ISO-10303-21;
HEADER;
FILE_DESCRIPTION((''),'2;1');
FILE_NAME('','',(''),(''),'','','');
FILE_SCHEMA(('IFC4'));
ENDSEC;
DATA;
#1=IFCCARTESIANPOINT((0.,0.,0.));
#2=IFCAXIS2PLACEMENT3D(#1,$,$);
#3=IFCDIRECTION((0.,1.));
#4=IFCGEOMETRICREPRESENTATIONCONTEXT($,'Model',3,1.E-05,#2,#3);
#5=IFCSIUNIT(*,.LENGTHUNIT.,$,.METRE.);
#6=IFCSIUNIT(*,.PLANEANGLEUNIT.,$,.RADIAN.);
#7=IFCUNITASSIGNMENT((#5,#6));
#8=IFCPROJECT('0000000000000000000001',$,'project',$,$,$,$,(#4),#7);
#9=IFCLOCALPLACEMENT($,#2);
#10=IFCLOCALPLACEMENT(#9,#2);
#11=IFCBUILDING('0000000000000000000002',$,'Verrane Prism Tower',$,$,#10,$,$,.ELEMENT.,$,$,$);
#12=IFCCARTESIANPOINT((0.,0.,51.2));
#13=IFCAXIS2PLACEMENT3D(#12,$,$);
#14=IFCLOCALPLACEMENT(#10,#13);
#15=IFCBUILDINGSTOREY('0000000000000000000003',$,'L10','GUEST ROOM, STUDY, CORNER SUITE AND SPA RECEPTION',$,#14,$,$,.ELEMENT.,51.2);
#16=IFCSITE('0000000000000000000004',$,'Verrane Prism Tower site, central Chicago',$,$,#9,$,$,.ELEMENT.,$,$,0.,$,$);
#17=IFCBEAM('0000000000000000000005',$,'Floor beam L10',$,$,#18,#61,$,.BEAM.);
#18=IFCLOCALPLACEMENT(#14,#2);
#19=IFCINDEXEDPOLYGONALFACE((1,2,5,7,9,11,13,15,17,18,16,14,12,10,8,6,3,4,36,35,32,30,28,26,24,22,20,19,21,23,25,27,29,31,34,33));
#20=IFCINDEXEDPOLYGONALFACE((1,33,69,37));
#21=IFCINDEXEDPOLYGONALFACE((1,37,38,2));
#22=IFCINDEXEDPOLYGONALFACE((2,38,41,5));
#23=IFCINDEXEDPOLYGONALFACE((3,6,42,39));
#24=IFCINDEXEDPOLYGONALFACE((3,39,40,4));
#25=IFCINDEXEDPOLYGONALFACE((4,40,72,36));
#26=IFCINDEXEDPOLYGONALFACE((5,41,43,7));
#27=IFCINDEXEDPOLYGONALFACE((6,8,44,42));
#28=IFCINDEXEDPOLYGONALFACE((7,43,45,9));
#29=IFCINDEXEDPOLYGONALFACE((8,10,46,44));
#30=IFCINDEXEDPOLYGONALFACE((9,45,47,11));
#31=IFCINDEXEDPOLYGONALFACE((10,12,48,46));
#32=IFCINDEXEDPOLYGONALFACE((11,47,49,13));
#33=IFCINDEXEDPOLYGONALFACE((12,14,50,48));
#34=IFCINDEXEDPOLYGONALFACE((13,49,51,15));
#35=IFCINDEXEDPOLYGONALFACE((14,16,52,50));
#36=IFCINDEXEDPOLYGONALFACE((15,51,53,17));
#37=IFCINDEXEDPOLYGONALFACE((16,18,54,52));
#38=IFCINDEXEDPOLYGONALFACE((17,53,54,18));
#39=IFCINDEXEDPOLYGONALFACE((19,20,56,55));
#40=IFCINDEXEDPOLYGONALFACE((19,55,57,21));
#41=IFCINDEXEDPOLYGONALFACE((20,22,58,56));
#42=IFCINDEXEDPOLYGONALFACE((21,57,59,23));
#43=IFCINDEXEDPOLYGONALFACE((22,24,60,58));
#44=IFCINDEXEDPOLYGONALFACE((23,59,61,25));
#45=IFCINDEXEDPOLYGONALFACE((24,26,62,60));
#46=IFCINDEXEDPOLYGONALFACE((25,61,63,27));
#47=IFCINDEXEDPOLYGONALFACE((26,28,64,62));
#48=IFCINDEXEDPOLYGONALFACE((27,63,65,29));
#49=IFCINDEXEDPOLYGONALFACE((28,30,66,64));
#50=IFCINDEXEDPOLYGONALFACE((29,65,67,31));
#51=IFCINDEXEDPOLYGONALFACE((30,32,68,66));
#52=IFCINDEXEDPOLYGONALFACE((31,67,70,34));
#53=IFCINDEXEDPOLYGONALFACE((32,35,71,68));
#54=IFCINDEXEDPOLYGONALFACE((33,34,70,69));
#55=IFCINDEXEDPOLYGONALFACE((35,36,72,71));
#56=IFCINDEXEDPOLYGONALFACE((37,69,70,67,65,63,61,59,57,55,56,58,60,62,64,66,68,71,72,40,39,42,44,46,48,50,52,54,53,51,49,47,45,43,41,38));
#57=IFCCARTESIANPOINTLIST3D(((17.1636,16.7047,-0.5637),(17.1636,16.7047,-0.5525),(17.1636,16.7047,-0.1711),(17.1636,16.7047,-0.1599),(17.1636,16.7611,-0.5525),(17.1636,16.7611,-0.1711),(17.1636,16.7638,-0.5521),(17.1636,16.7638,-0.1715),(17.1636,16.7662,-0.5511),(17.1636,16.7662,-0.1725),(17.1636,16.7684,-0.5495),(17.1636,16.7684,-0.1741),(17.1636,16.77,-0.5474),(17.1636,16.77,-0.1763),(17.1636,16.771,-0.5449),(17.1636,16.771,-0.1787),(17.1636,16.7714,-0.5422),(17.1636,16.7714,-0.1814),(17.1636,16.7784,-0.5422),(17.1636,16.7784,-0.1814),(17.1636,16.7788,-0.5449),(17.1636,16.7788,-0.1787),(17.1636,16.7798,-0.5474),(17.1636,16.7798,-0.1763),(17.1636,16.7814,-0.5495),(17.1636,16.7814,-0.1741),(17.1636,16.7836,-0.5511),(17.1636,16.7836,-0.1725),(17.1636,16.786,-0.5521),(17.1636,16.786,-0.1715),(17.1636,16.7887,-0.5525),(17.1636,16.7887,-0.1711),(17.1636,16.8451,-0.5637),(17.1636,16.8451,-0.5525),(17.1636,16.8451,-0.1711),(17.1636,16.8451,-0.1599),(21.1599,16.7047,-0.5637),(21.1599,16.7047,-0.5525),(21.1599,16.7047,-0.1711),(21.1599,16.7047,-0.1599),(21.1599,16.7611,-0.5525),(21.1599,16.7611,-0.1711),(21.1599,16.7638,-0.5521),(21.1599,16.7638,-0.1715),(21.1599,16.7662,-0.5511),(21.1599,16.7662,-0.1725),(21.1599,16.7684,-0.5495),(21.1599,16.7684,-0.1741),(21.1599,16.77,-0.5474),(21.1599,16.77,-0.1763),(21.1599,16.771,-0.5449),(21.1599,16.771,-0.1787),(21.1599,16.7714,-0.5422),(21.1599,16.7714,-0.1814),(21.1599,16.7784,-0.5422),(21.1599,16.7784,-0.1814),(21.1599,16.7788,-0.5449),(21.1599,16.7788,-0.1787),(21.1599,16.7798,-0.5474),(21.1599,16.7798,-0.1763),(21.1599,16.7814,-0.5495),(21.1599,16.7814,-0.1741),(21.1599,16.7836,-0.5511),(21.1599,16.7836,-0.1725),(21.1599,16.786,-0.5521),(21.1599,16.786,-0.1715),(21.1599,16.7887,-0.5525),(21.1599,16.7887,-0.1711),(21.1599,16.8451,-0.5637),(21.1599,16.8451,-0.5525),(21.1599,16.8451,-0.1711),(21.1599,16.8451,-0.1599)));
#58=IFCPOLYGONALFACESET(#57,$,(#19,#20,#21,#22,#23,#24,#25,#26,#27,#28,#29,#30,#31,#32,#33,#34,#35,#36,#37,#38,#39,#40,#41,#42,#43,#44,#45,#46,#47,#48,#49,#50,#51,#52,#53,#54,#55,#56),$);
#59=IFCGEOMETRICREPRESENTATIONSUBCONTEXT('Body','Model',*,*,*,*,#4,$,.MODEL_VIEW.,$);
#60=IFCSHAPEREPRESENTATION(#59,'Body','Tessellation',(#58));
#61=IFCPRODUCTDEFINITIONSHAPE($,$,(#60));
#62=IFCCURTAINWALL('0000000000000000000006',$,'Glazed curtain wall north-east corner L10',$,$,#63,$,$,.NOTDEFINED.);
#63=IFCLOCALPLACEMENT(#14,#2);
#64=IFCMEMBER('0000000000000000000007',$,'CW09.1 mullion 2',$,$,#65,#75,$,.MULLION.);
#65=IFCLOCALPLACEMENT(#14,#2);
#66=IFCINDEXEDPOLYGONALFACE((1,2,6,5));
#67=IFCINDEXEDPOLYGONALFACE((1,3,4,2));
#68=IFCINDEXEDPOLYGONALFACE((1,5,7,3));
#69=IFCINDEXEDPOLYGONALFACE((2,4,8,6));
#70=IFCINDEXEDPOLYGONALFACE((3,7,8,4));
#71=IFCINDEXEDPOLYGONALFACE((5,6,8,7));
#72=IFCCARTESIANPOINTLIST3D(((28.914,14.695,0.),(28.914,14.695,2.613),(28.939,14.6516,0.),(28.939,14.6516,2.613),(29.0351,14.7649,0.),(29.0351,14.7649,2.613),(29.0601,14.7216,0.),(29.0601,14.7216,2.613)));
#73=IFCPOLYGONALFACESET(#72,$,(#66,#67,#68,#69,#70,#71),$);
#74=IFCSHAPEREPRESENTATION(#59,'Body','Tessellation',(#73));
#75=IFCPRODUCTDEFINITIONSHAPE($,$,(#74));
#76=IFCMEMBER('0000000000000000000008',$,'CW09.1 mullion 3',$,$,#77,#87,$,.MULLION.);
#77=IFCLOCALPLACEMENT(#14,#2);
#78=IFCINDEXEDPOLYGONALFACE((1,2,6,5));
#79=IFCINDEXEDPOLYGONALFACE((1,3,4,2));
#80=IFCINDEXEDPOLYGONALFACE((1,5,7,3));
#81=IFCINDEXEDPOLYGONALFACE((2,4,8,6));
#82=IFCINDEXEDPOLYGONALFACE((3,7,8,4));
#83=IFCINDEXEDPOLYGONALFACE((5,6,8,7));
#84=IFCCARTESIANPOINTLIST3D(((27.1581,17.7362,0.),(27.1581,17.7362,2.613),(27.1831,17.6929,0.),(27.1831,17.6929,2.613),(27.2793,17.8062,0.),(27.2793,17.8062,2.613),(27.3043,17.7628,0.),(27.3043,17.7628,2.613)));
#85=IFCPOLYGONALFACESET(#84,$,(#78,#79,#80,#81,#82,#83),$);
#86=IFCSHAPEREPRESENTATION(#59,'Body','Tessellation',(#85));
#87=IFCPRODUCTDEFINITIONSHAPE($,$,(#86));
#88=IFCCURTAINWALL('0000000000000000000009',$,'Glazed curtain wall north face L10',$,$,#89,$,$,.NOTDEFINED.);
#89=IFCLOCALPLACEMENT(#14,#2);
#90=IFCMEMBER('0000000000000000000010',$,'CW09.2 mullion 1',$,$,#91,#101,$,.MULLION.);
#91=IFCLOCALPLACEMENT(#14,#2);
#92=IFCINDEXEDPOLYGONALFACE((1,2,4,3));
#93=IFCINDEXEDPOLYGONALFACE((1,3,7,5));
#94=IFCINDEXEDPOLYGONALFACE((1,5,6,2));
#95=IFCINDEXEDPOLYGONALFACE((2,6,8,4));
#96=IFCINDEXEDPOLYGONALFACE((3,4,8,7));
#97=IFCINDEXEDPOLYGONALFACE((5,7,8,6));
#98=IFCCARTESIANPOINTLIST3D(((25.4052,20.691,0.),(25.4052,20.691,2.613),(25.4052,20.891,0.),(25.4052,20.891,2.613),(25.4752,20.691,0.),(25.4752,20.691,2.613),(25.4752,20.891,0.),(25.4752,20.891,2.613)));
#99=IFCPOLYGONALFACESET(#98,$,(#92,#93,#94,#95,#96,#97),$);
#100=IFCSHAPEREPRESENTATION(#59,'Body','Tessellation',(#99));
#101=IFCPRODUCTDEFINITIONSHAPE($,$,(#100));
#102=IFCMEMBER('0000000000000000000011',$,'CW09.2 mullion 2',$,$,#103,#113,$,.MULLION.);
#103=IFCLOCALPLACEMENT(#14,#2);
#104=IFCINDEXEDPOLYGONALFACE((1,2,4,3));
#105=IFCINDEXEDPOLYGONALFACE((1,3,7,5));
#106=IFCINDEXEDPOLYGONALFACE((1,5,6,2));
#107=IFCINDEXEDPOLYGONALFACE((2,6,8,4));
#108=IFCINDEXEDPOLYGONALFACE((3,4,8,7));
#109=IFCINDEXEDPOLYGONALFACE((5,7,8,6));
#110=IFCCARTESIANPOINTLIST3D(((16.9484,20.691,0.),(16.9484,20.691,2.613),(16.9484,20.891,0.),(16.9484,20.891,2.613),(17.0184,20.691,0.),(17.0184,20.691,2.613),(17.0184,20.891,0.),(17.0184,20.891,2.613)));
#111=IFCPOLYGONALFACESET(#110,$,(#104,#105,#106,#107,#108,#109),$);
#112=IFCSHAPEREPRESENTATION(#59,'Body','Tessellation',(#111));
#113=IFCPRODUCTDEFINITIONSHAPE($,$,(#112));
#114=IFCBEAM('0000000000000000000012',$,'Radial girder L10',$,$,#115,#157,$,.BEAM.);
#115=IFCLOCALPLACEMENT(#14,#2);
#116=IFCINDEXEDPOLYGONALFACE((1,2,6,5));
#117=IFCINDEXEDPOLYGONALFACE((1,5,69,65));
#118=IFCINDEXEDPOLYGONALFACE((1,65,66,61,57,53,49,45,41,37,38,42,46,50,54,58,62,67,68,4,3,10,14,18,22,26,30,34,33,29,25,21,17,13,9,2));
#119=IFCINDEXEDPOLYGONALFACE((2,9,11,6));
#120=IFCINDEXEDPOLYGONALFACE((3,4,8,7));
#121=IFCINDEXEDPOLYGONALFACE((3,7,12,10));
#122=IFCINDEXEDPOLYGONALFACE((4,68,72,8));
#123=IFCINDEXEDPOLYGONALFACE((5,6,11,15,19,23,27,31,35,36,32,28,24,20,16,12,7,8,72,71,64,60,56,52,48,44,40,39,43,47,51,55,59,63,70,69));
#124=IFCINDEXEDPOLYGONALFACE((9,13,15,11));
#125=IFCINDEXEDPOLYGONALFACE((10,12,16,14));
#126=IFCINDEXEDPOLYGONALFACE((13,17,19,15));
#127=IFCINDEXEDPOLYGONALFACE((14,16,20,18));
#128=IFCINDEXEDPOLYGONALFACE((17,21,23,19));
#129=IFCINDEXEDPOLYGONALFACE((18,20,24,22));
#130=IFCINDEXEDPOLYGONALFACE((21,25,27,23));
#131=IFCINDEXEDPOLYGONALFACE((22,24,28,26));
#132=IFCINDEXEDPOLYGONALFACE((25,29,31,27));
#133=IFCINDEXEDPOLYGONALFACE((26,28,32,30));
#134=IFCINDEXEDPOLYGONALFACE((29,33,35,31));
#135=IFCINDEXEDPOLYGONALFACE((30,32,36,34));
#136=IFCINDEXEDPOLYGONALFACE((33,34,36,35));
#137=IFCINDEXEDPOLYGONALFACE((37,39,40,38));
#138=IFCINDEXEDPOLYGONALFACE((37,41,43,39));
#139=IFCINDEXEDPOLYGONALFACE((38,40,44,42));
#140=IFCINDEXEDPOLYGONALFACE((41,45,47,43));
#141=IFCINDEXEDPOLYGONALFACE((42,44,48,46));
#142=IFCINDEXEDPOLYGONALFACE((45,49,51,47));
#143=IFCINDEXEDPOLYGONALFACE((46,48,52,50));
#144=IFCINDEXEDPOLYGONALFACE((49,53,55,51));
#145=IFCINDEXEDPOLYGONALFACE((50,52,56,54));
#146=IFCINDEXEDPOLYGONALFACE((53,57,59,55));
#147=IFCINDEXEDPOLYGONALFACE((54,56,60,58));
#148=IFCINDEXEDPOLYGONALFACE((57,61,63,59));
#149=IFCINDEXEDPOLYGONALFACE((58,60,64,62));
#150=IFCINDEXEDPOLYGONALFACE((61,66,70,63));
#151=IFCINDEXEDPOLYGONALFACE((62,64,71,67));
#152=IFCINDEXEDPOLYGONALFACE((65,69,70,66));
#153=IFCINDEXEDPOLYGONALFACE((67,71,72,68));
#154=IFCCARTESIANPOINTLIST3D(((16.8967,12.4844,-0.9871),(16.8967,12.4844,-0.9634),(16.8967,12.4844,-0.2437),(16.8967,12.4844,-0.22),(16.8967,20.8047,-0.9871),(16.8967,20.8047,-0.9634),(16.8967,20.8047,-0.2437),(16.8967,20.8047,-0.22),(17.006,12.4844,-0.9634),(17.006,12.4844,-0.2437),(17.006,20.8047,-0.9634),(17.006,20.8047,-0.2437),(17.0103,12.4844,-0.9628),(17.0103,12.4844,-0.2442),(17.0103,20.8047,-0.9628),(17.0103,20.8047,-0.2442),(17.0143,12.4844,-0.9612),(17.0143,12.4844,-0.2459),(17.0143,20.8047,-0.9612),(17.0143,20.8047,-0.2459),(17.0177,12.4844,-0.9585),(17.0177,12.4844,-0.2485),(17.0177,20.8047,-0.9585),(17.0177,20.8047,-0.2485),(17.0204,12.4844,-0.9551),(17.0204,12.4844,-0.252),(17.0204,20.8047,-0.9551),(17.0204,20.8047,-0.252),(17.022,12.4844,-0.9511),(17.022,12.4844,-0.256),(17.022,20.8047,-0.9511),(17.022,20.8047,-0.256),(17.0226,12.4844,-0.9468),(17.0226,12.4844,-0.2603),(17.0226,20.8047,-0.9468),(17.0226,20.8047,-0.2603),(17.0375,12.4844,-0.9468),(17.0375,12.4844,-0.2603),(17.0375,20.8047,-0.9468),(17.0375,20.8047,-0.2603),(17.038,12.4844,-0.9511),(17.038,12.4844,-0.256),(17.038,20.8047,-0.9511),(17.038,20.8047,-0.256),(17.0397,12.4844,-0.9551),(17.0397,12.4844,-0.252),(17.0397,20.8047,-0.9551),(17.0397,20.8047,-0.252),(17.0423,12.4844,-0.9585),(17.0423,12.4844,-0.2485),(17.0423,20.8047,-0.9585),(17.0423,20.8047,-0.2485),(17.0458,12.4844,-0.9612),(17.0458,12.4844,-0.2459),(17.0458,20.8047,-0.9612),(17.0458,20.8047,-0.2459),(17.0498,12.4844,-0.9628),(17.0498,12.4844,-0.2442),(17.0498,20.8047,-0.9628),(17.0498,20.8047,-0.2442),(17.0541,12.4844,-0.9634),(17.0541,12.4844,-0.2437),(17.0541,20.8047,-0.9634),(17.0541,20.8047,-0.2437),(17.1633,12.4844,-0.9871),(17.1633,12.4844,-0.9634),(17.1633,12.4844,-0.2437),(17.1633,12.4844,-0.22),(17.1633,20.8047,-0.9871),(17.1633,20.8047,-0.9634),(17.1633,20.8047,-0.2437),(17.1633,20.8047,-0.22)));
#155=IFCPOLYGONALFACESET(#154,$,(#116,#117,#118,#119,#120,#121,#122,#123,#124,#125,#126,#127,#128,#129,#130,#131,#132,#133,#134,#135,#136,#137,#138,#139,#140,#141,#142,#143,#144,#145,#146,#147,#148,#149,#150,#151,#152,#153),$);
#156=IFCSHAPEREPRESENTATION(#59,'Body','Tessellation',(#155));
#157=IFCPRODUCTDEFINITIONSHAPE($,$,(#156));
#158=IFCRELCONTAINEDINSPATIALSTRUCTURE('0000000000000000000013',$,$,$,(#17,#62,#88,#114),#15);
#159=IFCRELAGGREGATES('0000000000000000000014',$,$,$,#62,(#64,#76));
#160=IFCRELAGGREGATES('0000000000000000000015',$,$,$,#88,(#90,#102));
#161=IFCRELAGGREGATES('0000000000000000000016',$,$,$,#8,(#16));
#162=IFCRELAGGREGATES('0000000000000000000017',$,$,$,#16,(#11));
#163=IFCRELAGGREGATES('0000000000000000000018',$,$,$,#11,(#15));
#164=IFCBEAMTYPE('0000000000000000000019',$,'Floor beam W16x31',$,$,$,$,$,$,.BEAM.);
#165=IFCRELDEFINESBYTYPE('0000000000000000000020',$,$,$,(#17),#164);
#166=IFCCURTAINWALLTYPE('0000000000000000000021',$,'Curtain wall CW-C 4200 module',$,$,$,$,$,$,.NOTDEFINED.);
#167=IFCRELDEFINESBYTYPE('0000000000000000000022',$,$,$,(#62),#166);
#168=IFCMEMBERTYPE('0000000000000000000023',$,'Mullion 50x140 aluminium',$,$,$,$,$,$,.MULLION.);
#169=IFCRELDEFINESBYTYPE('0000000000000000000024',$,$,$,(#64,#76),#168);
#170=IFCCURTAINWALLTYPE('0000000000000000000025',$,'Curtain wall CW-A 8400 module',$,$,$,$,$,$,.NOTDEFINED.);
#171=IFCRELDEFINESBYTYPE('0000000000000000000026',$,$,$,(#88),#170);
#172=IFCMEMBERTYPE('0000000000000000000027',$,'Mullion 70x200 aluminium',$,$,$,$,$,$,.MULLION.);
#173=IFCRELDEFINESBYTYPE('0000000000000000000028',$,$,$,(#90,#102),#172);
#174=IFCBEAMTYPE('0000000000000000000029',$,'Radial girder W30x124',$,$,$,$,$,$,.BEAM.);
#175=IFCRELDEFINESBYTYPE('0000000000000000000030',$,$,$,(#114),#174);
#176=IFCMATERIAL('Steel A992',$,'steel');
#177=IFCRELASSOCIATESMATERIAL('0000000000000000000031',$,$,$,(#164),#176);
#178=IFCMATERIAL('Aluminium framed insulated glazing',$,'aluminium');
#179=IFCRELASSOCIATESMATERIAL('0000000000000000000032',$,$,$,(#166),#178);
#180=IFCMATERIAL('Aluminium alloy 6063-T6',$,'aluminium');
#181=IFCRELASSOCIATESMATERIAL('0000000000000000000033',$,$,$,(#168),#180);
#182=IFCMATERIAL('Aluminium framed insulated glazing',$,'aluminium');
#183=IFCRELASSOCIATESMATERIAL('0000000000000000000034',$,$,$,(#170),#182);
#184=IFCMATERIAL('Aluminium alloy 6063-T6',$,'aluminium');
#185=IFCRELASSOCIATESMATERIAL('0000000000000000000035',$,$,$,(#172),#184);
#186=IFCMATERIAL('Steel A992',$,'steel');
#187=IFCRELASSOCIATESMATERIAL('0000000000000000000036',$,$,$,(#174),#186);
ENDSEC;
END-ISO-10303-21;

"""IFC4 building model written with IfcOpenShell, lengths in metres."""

from ifc_helpers import new_model, si_unit, direction, frame, origin, origin_2d, place, context, subcontext, project, spatial, rectangle, i_section, extrude, material, material_profile, profile_set, type_object, element, aggregate, save


model = new_model("IFC4")

# Units and contexts
model_context = context("Model", 3, precision=1e-05, world=origin(), true_north=direction((0.0, 1.0)))
body_context = subcontext(model_context, "Body", "Model", "MODEL_VIEW")
ifc_project = project(units=[si_unit("LENGTHUNIT", "METRE"), si_unit("PLANEANGLEUNIT", "RADIAN")], contexts=[model_context])

# Site, building, storey
site_placement = place(None, origin())
site = spatial("IfcSite", under=ifc_project, at=site_placement, Name="Verrane Prism Tower site, central Chicago", CompositionType="ELEMENT", RefElevation=0.0)
building_placement = place(site_placement, origin())
building = spatial("IfcBuilding", under=site, at=building_placement, Name="Verrane Prism Tower", CompositionType="ELEMENT")
storey_placement = place(building_placement, frame((0.0, 0.0, 51.2)))
storey = spatial("IfcBuildingStorey", under=building, at=storey_placement, Name="L10", Description="GUEST ROOM, STUDY, CORNER SUITE AND SPA RECEPTION", CompositionType="ELEMENT", Elevation=51.2)

# Beam
ifc_material_1 = material(Name="Steel A992", Category="steel")
ifc_material_profile_1 = material_profile(ifc_material_1, i_section(OverallWidth=0.1404, OverallDepth=0.4038, WebThickness=0.0071, FlangeThickness=0.0112, FilletRadius=0.0103, at=origin_2d()), Name="W16x31")
ifc_profile_set_1 = profile_set([ifc_material_profile_1], Name="Steel A992")
beam_type_1 = type_object("IfcBeamType", Name="Floor beam W16x31", PredefinedType="BEAM", material=ifc_profile_set_1)
beam_1_placement = place(storey_placement, frame((17.1636, 16.7749, -0.3618), z_axis=(1.0, 0.0, 0.0), x_axis=(0.0, 1.0, 0.0)))
element("IfcBeam", 1, at=beam_1_placement, inside=storey, type_object=beam_type_1, Name="Floor beam L10", PredefinedType="BEAM", context=body_context, shape_type="SweptSolid", body=[
    extrude(i_section(OverallWidth=0.1404, OverallDepth=0.4038, WebThickness=0.0071, FlangeThickness=0.0112, FilletRadius=0.0103, at=origin_2d()), origin(), (0.0, 0.0, 1.0), 3.9963),
])

# Curtain walls, members
ifc_material_2 = material(Name="Aluminium framed insulated glazing", Category="aluminium")
curtain_wall_type_1 = type_object("IfcCurtainWallType", Name="Curtain wall CW-C 4200 module", PredefinedType="NOTDEFINED", material=ifc_material_2)
curtain_wall_1_placement = place(storey_placement, origin())
curtain_wall_1 = element("IfcCurtainWall", 2, at=curtain_wall_1_placement, inside=storey, type_object=curtain_wall_type_1, Name="Glazed curtain wall north-east corner L10", PredefinedType="NOTDEFINED")
ifc_material_3 = material(Name="Aluminium alloy 6063-T6", Category="aluminium")
ifc_material_profile_2 = material_profile(ifc_material_3, rectangle(XDim=0.1399, YDim=0.05, at=origin_2d()), Name="Mullion 50x140 aluminium")
ifc_profile_set_2 = profile_set([ifc_material_profile_2], Name="Aluminium alloy 6063-T6")
member_type_1 = type_object("IfcMemberType", Name="Mullion 50x140 aluminium", PredefinedType="MULLION", material=ifc_profile_set_2)
member_1_placement = place(storey_placement, frame((28.9871, 14.7083, 0.0), z_axis=(0.0, 0.0, 1.0), x_axis=(-0.866026, -0.499999, 0.0)))
member_1 = element("IfcMember", 3, at=member_1_placement, type_object=member_type_1, Name="CW09.1 mullion 2", PredefinedType="MULLION", context=body_context, shape_type="SweptSolid", body=[
    extrude(rectangle(XDim=0.1399, YDim=0.05, at=origin_2d()), origin(), (0.0, 0.0, 1.0), 2.613),
])
member_2_placement = place(storey_placement, frame((27.2312, 17.7495, 0.0), z_axis=(0.0, 0.0, 1.0), x_axis=(-0.866026, -0.499999, 0.0)))
member_2 = element("IfcMember", 4, at=member_2_placement, type_object=member_type_1, Name="CW09.1 mullion 3", PredefinedType="MULLION", context=body_context, shape_type="SweptSolid", body=[
    extrude(rectangle(XDim=0.1399, YDim=0.05, at=origin_2d()), origin(), (0.0, 0.0, 1.0), 2.613),
])
ifc_material_4 = material(Name="Aluminium framed insulated glazing", Category="aluminium")
curtain_wall_type_2 = type_object("IfcCurtainWallType", Name="Curtain wall CW-A 8400 module", PredefinedType="NOTDEFINED", material=ifc_material_4)
curtain_wall_2_placement = place(storey_placement, origin())
curtain_wall_2 = element("IfcCurtainWall", 5, at=curtain_wall_2_placement, inside=storey, type_object=curtain_wall_type_2, Name="Glazed curtain wall north face L10", PredefinedType="NOTDEFINED")
ifc_material_5 = material(Name="Aluminium alloy 6063-T6", Category="aluminium")
ifc_material_profile_3 = material_profile(ifc_material_5, rectangle(XDim=0.2, YDim=0.0701, at=origin_2d()), Name="Mullion 70x200 aluminium")
ifc_profile_set_3 = profile_set([ifc_material_profile_3], Name="Aluminium alloy 6063-T6")
member_type_2 = type_object("IfcMemberType", Name="Mullion 70x200 aluminium", PredefinedType="MULLION", material=ifc_profile_set_3)
member_3_placement = place(storey_placement, frame((25.4402, 20.791, 0.0), z_axis=(0.0, 0.0, 1.0), x_axis=(0.0, -1.0, 0.0)))
member_3 = element("IfcMember", 6, at=member_3_placement, type_object=member_type_2, Name="CW09.2 mullion 1", PredefinedType="MULLION", context=body_context, shape_type="SweptSolid", body=[
    extrude(rectangle(XDim=0.2, YDim=0.0701, at=origin_2d()), origin(), (0.0, 0.0, 1.0), 2.613),
])
member_4_placement = place(storey_placement, frame((16.9834, 20.791, 0.0), z_axis=(0.0, 0.0, 1.0), x_axis=(0.0, -1.0, 0.0)))
member_4 = element("IfcMember", 7, at=member_4_placement, type_object=member_type_2, Name="CW09.2 mullion 2", PredefinedType="MULLION", context=body_context, shape_type="SweptSolid", body=[
    extrude(rectangle(XDim=0.2, YDim=0.0701, at=origin_2d()), origin(), (0.0, 0.0, 1.0), 2.613),
])

# Beam
ifc_material_6 = material(Name="Steel A992", Category="steel")
ifc_material_profile_4 = material_profile(ifc_material_6, i_section(OverallWidth=0.2666, OverallDepth=0.7671, WebThickness=0.0149, FlangeThickness=0.0237, FilletRadius=0.0166, at=origin_2d()), Name="W30x124")
ifc_profile_set_4 = profile_set([ifc_material_profile_4], Name="Steel A992")
beam_type_2 = type_object("IfcBeamType", Name="Radial girder W30x124", PredefinedType="BEAM", material=ifc_profile_set_4)
beam_2_placement = place(storey_placement, frame((17.03, 20.8047, -0.6035), z_axis=(0.0, -1.0, 0.0), x_axis=(1.0, 0.0, 0.0)))
element("IfcBeam", 8, at=beam_2_placement, inside=storey, type_object=beam_type_2, Name="Radial girder L10", PredefinedType="BEAM", context=body_context, shape_type="SweptSolid", body=[
    extrude(i_section(OverallWidth=0.2666, OverallDepth=0.7671, WebThickness=0.0149, FlangeThickness=0.0237, FilletRadius=0.0166, at=origin_2d()), origin(), (0.0, 0.0, 1.0), 8.3203),
])

aggregate(curtain_wall_1, [member_1, member_2])
aggregate(curtain_wall_2, [member_3, member_4])

save(model, "model.ifc")
